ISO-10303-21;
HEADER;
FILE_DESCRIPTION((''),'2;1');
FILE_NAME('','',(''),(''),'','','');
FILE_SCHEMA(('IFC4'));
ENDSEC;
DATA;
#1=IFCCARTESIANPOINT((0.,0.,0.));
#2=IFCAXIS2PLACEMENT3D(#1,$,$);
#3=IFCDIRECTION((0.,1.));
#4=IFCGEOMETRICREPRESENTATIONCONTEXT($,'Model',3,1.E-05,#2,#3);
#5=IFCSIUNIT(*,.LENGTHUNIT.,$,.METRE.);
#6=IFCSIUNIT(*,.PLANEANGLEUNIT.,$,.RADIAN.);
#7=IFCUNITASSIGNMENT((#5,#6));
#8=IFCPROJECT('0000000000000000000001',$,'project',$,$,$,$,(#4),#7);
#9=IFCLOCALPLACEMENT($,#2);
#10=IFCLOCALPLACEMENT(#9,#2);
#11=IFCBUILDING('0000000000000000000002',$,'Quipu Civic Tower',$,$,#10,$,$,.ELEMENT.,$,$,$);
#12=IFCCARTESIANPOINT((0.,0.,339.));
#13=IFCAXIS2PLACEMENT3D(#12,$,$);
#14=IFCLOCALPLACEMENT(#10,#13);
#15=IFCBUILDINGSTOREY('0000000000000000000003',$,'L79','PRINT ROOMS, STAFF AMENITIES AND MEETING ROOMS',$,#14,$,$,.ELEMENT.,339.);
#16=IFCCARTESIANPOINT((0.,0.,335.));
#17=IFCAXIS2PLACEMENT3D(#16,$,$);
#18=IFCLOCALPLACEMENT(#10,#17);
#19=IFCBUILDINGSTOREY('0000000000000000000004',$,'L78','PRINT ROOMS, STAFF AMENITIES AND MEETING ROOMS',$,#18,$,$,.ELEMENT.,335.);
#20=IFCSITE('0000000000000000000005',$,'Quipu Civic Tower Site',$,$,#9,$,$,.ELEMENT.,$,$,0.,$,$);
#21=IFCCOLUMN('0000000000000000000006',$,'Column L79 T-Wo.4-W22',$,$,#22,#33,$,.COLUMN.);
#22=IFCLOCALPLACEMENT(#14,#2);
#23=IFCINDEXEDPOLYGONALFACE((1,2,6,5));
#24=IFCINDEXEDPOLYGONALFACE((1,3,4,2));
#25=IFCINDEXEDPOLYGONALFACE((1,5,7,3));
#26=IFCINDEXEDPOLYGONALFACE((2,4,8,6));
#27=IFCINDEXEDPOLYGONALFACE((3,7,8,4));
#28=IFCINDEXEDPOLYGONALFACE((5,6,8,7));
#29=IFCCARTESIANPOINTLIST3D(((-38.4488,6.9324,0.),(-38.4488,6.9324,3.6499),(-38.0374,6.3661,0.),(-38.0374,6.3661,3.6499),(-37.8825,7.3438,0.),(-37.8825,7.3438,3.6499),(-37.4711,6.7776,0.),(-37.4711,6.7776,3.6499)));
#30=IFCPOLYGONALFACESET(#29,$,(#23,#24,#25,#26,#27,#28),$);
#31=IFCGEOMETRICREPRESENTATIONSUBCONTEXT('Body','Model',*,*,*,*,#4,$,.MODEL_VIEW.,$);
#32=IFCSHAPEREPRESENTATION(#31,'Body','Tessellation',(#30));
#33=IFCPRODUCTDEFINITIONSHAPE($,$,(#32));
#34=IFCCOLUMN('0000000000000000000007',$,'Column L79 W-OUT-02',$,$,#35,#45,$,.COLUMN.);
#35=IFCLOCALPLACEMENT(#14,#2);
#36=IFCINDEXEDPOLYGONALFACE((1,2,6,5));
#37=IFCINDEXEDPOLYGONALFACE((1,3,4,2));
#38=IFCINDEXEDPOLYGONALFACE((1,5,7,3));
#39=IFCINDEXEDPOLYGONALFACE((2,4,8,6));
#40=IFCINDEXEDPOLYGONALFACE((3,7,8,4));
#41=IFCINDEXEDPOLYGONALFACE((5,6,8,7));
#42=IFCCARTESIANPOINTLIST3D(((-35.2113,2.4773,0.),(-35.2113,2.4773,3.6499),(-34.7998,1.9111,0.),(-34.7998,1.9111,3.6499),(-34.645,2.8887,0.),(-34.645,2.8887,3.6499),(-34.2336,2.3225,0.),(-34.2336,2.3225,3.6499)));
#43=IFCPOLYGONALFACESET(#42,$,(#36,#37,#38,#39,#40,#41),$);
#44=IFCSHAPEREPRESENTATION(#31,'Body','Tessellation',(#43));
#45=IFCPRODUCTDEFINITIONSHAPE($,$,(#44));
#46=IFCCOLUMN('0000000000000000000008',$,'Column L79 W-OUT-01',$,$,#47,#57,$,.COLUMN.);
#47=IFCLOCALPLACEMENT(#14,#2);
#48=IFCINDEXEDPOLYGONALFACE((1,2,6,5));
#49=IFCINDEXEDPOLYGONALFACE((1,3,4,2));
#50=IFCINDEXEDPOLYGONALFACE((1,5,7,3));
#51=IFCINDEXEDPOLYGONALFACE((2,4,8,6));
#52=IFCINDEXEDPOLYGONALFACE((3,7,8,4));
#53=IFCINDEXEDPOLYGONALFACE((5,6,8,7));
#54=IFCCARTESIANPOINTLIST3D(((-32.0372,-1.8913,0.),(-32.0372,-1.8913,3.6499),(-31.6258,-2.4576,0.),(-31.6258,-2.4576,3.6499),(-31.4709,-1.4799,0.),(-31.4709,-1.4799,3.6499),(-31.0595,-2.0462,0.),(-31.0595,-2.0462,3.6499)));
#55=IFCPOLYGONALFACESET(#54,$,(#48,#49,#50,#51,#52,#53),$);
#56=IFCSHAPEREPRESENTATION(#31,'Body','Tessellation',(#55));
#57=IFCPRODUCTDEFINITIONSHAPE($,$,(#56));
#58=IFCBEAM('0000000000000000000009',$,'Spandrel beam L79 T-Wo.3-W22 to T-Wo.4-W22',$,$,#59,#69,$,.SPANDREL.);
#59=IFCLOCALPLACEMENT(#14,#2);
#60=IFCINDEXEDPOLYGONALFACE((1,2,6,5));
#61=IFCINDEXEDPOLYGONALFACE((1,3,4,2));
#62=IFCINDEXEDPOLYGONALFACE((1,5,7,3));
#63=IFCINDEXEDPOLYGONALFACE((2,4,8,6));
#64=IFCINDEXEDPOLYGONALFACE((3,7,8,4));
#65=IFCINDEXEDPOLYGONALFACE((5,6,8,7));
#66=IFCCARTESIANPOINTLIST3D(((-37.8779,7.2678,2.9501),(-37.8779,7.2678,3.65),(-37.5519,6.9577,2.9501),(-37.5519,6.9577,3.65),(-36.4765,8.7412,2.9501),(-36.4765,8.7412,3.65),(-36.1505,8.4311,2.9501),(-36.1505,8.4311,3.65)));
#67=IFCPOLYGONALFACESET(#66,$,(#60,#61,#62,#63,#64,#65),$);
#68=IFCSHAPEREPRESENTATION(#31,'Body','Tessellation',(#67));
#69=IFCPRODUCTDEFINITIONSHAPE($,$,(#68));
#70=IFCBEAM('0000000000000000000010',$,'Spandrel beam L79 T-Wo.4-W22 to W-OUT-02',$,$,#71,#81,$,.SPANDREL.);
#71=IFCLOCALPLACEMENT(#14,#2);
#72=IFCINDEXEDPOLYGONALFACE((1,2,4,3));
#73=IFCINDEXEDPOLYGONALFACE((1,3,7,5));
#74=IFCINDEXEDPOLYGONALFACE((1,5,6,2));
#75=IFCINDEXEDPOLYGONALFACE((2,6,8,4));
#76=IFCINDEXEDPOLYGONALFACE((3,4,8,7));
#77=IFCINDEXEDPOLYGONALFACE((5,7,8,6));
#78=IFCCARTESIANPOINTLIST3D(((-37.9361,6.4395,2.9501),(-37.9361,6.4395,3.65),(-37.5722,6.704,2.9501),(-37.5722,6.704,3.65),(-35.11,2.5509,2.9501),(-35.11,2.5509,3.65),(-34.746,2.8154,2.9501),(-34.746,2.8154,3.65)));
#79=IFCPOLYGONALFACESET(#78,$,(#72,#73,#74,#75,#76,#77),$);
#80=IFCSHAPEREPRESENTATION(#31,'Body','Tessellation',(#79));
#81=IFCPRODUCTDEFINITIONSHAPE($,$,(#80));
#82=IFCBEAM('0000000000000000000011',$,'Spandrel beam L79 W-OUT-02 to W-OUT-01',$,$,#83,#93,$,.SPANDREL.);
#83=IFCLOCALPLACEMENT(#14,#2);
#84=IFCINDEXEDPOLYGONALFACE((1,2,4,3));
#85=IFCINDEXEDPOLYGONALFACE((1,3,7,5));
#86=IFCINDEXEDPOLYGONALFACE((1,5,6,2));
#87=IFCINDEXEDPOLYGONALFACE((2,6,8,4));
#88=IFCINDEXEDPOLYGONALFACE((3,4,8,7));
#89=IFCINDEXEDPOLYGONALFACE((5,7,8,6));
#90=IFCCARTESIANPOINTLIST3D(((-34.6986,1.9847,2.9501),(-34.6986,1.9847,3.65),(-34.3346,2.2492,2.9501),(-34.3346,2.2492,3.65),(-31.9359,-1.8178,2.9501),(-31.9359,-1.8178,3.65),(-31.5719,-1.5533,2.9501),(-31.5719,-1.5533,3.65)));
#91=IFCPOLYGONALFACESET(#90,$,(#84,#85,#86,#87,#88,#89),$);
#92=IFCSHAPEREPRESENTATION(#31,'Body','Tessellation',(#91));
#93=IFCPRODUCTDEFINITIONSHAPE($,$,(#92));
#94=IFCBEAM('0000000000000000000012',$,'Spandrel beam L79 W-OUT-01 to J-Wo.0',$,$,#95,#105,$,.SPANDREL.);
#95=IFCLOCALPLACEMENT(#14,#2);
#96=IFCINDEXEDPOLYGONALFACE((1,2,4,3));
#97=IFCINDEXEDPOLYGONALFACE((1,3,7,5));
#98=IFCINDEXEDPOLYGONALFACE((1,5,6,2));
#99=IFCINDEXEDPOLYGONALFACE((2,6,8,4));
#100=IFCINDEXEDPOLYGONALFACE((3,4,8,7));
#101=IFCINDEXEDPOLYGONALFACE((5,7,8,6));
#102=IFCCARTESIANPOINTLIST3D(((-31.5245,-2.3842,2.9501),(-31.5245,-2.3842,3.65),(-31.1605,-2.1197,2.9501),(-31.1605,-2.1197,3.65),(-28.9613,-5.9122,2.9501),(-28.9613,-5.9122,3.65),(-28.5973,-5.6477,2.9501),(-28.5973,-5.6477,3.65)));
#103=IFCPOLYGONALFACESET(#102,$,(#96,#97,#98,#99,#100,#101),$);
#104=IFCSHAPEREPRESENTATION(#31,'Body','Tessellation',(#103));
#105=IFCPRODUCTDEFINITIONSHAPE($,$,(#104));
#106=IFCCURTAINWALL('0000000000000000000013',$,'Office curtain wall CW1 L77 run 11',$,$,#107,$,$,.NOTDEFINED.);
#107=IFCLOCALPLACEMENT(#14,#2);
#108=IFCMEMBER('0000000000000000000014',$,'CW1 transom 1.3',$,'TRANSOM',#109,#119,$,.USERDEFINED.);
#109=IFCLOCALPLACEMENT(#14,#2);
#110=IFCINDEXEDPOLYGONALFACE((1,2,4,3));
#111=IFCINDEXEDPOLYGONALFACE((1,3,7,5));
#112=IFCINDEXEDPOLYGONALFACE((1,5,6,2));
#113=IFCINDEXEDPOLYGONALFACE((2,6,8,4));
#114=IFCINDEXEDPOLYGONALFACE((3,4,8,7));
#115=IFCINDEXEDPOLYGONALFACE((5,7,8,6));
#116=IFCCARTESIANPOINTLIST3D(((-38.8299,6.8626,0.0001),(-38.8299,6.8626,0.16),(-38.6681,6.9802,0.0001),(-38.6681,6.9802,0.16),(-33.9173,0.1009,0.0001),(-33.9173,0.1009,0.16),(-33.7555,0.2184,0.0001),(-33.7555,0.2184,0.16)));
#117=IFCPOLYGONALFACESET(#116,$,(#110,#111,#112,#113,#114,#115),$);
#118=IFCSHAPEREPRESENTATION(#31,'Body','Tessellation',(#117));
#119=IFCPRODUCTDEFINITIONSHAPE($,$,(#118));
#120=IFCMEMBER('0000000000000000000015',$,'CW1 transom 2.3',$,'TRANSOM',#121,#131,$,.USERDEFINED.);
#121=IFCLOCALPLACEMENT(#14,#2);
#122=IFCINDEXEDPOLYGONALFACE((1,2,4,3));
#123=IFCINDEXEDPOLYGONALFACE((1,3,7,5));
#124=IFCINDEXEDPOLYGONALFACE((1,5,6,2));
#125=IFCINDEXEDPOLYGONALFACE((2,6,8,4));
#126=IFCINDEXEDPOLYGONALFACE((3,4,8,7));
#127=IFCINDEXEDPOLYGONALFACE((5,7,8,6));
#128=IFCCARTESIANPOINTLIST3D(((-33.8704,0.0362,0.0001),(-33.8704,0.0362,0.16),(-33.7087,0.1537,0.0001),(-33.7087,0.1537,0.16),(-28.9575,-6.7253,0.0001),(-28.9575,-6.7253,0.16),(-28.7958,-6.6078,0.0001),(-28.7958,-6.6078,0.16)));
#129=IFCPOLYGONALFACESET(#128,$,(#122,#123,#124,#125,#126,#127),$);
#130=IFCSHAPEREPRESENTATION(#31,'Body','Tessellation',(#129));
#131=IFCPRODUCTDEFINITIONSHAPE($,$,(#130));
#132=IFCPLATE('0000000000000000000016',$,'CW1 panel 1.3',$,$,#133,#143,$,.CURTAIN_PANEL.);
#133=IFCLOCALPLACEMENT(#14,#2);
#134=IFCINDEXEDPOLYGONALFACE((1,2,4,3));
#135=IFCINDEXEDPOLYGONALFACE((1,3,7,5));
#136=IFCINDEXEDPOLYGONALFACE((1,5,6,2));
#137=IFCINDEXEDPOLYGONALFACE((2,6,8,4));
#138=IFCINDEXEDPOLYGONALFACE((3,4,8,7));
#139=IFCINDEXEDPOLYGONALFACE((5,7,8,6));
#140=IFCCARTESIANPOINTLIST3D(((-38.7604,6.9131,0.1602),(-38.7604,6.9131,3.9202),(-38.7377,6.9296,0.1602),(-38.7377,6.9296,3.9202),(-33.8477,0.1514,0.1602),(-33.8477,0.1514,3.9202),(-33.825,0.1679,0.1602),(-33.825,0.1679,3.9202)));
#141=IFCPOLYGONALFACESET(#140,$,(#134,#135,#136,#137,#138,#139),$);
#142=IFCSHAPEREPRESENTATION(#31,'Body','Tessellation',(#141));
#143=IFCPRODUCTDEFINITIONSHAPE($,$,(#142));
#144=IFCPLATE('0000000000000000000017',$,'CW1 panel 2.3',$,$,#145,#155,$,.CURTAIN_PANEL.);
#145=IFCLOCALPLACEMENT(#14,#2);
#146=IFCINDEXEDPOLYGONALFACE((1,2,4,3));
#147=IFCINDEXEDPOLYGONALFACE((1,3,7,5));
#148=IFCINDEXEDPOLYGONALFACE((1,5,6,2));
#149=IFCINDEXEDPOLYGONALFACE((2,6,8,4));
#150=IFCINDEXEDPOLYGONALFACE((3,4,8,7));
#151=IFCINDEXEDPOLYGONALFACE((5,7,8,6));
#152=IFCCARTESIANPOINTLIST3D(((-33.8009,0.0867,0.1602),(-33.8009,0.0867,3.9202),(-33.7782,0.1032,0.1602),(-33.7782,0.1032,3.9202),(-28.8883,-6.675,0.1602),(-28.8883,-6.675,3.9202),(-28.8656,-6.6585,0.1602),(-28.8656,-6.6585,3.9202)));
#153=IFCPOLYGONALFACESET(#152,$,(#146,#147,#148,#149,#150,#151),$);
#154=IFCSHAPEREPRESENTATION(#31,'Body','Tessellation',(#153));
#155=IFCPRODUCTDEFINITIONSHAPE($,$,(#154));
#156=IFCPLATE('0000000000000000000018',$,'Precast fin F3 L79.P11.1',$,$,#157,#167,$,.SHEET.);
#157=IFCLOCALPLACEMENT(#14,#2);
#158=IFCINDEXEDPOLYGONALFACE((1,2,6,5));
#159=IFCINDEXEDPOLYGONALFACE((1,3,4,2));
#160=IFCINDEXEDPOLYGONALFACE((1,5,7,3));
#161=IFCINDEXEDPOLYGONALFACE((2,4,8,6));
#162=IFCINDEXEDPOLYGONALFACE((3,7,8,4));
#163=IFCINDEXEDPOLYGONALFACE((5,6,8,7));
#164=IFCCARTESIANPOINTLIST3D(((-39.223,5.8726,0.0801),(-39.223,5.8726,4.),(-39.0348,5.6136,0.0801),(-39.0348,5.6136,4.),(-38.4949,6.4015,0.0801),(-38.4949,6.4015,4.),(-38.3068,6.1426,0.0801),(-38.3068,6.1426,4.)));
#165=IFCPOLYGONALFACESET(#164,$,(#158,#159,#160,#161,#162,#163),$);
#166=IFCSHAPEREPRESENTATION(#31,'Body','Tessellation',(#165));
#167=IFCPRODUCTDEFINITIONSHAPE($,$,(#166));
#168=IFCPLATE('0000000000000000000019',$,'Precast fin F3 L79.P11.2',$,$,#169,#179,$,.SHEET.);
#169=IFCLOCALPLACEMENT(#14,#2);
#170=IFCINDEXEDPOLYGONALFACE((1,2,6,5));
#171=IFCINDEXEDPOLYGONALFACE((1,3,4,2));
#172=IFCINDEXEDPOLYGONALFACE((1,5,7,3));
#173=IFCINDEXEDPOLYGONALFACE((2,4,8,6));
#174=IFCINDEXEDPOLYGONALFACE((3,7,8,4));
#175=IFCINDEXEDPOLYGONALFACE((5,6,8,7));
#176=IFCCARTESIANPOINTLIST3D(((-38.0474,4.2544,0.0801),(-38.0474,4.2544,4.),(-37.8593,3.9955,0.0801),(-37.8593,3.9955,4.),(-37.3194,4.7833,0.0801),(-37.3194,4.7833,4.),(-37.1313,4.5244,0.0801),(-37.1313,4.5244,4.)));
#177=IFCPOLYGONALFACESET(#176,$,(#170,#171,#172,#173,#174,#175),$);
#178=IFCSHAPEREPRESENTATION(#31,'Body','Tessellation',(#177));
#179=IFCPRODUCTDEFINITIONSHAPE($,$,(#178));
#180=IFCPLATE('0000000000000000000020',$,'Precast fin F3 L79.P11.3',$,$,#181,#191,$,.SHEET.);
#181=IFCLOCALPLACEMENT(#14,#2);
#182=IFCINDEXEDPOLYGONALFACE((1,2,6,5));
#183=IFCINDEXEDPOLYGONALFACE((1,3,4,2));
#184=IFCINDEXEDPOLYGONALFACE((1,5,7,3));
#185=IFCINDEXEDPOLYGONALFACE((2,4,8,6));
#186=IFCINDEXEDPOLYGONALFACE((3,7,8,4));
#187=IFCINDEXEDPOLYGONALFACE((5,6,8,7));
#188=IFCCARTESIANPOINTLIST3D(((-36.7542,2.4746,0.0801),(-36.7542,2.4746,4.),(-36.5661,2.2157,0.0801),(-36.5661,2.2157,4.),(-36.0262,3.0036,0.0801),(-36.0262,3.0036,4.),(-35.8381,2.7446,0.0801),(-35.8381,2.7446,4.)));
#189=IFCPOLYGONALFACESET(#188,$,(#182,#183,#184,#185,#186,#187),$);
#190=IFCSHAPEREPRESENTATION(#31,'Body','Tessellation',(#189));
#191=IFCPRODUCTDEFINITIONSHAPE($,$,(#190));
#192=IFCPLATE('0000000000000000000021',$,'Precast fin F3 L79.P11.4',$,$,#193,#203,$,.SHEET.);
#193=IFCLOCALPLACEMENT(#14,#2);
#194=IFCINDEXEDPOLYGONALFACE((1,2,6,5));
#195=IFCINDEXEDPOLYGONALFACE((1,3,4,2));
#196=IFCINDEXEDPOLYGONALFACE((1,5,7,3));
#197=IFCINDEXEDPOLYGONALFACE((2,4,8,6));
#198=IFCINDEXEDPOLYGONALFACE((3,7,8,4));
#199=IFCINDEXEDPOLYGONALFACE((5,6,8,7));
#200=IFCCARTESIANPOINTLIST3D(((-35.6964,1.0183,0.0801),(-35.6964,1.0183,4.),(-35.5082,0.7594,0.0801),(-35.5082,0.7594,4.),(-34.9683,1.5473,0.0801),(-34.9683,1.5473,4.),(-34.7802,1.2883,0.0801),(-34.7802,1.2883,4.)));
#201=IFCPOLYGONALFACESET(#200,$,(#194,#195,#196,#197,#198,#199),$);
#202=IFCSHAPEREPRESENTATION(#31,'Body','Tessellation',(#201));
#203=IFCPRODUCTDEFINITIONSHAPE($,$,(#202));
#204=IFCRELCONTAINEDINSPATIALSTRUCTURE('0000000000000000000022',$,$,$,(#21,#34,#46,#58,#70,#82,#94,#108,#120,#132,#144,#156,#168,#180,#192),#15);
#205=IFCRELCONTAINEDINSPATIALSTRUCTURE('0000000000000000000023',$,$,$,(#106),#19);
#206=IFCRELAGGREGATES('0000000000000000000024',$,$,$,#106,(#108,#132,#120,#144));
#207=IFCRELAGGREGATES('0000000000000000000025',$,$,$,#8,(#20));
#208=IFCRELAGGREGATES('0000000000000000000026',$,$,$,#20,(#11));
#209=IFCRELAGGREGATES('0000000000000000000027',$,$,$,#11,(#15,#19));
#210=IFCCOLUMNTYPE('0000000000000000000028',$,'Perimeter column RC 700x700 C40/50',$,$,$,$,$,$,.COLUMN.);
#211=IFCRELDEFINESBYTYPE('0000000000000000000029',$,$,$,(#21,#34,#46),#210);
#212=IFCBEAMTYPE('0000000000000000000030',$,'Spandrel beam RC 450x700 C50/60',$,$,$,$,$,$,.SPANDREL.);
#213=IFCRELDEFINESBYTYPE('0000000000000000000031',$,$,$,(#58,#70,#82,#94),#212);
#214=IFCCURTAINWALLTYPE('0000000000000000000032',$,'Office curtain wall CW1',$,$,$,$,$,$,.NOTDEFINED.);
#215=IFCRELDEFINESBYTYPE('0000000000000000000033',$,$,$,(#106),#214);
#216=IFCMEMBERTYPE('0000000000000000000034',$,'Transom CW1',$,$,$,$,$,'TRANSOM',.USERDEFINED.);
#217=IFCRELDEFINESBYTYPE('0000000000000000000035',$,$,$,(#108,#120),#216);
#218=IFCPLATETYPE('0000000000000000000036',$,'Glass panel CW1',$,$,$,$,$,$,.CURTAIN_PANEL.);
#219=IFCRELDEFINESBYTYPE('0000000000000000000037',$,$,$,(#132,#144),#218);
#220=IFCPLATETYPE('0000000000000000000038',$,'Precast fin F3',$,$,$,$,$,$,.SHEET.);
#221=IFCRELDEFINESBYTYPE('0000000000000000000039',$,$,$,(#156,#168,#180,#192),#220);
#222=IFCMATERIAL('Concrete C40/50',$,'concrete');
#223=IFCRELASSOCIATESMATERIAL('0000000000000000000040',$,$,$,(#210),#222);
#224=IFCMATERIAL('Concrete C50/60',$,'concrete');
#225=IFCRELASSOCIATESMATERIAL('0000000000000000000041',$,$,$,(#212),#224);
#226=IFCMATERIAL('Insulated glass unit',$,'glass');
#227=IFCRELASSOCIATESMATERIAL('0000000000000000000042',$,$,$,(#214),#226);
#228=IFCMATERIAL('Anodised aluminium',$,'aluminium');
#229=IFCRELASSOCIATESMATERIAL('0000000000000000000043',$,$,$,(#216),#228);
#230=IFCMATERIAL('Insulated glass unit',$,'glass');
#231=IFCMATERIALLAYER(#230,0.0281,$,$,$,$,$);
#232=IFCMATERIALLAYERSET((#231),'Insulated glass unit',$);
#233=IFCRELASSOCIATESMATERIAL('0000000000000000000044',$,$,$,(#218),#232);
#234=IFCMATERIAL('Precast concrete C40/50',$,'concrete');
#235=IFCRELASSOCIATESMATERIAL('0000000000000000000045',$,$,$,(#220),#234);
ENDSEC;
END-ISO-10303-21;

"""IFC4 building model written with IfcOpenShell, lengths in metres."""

from ifc_helpers import new_model, si_unit, direction, frame, origin, origin_2d, place, context, subcontext, project, spatial, rectangle, extrude, material, layer, layer_set, material_profile, profile_set, type_object, element, aggregate, save


model = new_model("IFC4")

# Units and contexts
model_context = context("Model", 3, precision=1e-05, world=origin(), true_north=direction((0.0, 1.0)))
body_context = subcontext(model_context, "Body", "Model", "MODEL_VIEW")
ifc_project = project(units=[si_unit("LENGTHUNIT", "METRE"), si_unit("PLANEANGLEUNIT", "RADIAN")], contexts=[model_context])

# Site, building, storey
site_placement = place(None, origin())
site = spatial("IfcSite", under=ifc_project, at=site_placement, Name="Quipu Civic Tower Site", CompositionType="ELEMENT", RefElevation=0.0)
building_placement = place(site_placement, origin())
building = spatial("IfcBuilding", under=site, at=building_placement, Name="Quipu Civic Tower", CompositionType="ELEMENT")
storey_1_placement = place(building_placement, frame((0.0, 0.0, 339.0)))
storey_1 = spatial("IfcBuildingStorey", under=building, at=storey_1_placement, Name="L79", Description="PRINT ROOMS, STAFF AMENITIES AND MEETING ROOMS", CompositionType="ELEMENT", Elevation=339.0)

# Columns
ifc_material_1 = material(Name="Concrete C40/50", Category="concrete")
ifc_material_profile_1 = material_profile(ifc_material_1, rectangle(XDim=0.7, YDim=0.7, at=origin_2d()), Name="RC700x700")
ifc_profile_set_1 = profile_set([ifc_material_profile_1], Name="Concrete C40/50")
column_type = type_object("IfcColumnType", Name="Perimeter column RC 700x700 C40/50", PredefinedType="COLUMN", material=ifc_profile_set_1)
for number, where, z_axis, x_axis, name in (
    (1, (-37.96, 6.855, 0.0), (0.0, 0.0, 1.0), (0.587785, -0.809017, 0.0), "Column L79 T-Wo.4-W22"),
    (2, (-34.7224, 2.3999, 0.0), (0.0, 0.0, 1.0), (0.587785, -0.809017, 0.0), "Column L79 W-OUT-02"),
    (3, (-31.5483, -1.9688, 0.0), (0.0, 0.0, 1.0), (0.587785, -0.809017, 0.0), "Column L79 W-OUT-01"),
):
    element("IfcColumn", number, at=place(storey_1_placement, frame(where, z_axis=z_axis, x_axis=x_axis)), inside=storey_1, type_object=column_type, Name=name, PredefinedType="COLUMN", context=body_context, shape_type="SweptSolid", body=[
        extrude(rectangle(XDim=0.7, YDim=0.7, at=origin_2d()), origin(), (0.0, 0.0, 1.0), 3.6499),
    ])

# Beams
ifc_material_2 = material(Name="Concrete C50/60", Category="concrete")
ifc_material_profile_2 = material_profile(ifc_material_2, rectangle(XDim=0.45, YDim=0.7, at=origin_2d()), Name="RC450x700")
ifc_profile_set_2 = profile_set([ifc_material_profile_2], Name="Concrete C50/60")
beam_type = type_object("IfcBeamType", Name="Spandrel beam RC 450x700 C50/60", PredefinedType="SPANDREL", material=ifc_profile_set_2)
beam_1_placement = place(storey_1_placement, frame((-36.3135, 8.5862, 3.3), z_axis=(-0.689175, -0.724595, 0.0), x_axis=(0.724595, -0.689175, 0.0)))
element("IfcBeam", 4, at=beam_1_placement, inside=storey_1, type_object=beam_type, Name="Spandrel beam L79 T-Wo.3-W22 to T-Wo.4-W22", PredefinedType="SPANDREL", context=body_context, shape_type="SweptSolid", body=[
    extrude(rectangle(XDim=0.45, YDim=0.7, at=origin_2d()), origin(), (0.0, 0.0, 1.0), 2.0334),
])
beam_2_placement = place(storey_1_placement, frame((-37.7542, 6.5718, 3.3), z_axis=(0.587906, -0.808929, 0.0), x_axis=(0.808929, 0.587906, 0.0)))
element("IfcBeam", 5, at=beam_2_placement, inside=storey_1, type_object=beam_type, Name="Spandrel beam L79 T-Wo.4-W22 to W-OUT-02", PredefinedType="SPANDREL", context=body_context, shape_type="SweptSolid", body=[
    extrude(rectangle(XDim=0.45, YDim=0.7, at=origin_2d()), origin(), (0.0, 0.0, 1.0), 4.8071),
])
beam_3_placement = place(storey_1_placement, frame((-34.5166, 2.1169, 3.3), z_axis=(0.587789, -0.809015, 0.0), x_axis=(0.809015, 0.587789, 0.0)))
element("IfcBeam", 6, at=beam_3_placement, inside=storey_1, type_object=beam_type, Name="Spandrel beam L79 W-OUT-02 to W-OUT-01", PredefinedType="SPANDREL", context=body_context, shape_type="SweptSolid", body=[
    extrude(rectangle(XDim=0.45, YDim=0.7, at=origin_2d()), origin(), (0.0, 0.0, 1.0), 4.7002),
])
beam_4_placement = place(storey_1_placement, frame((-31.3425, -2.252, 3.3), z_axis=(0.587776, -0.809024, 0.0), x_axis=(0.809024, 0.587776, 0.0)))
element("IfcBeam", 7, at=beam_4_placement, inside=storey_1, type_object=beam_type, Name="Spandrel beam L79 W-OUT-01 to J-Wo.0", PredefinedType="SPANDREL", context=body_context, shape_type="SweptSolid", body=[
    extrude(rectangle(XDim=0.45, YDim=0.7, at=origin_2d()), origin(), (0.0, 0.0, 1.0), 4.3608),
])

# Shared definitions
storey_2_placement = place(building_placement, frame((0.0, 0.0, 335.0)))
storey_2 = spatial("IfcBuildingStorey", under=building, at=storey_2_placement, Name="L78", Description="PRINT ROOMS, STAFF AMENITIES AND MEETING ROOMS", CompositionType="ELEMENT", Elevation=335.0)

# Curtain wall, members, plates
ifc_material_3 = material(Name="Insulated glass unit", Category="glass")
curtain_wall_type = type_object("IfcCurtainWallType", Name="Office curtain wall CW1", PredefinedType="NOTDEFINED", material=ifc_material_3)
curtain_wall_placement = place(storey_2_placement, origin())
curtain_wall = element("IfcCurtainWall", 8, at=curtain_wall_placement, inside=storey_2, type_object=curtain_wall_type, Name="Office curtain wall CW1 L77 run 11", PredefinedType="NOTDEFINED")
ifc_material_4 = material(Name="Anodised aluminium", Category="aluminium")
ifc_material_profile_3 = material_profile(ifc_material_4, rectangle(XDim=0.2, YDim=0.1599, at=origin_2d()), Name="RECT 200x160")
ifc_profile_set_3 = profile_set([ifc_material_profile_3], Name="Anodised aluminium")
member_type = type_object("IfcMemberType", Name="Transom CW1", ElementType="TRANSOM", PredefinedType="USERDEFINED", material=ifc_profile_set_3)
member_1_placement = place(storey_1_placement, frame((-38.749, 6.9214, 0.0801), z_axis=(0.587779, -0.809021, 0.0), x_axis=(0.809021, 0.587779, 0.0)))
member_1 = element("IfcMember", 9, at=member_1_placement, inside=storey_1, type_object=member_type, Name="CW1 transom 1.3", ObjectType="TRANSOM", PredefinedType="USERDEFINED", context=body_context, shape_type="SweptSolid", body=[
    extrude(rectangle(XDim=0.2, YDim=0.1599, at=origin_2d()), origin(), (0.0, 0.0, 1.0), 8.3579),
])
member_2_placement = place(storey_1_placement, frame((-33.7896, 0.095, 0.0801), z_axis=(0.587812, -0.808997, 0.0), x_axis=(0.808997, 0.587812, 0.0)))
member_2 = element("IfcMember", 10, at=member_2_placement, inside=storey_1, type_object=member_type, Name="CW1 transom 2.3", ObjectType="TRANSOM", PredefinedType="USERDEFINED", context=body_context, shape_type="SweptSolid", body=[
    extrude(rectangle(XDim=0.2, YDim=0.1599, at=origin_2d()), origin(), (0.0, 0.0, 1.0), 8.3579),
])
ifc_material_5 = material(Name="Insulated glass unit", Category="glass")
ifc_layer_1 = layer(ifc_material_5, 0.0281)
ifc_layer_set_1 = layer_set([ifc_layer_1], Name="Insulated glass unit")
plate_type_1 = type_object("IfcPlateType", Name="Glass panel CW1", PredefinedType="CURTAIN_PANEL", material=ifc_layer_set_1)
plate_1_placement = place(storey_1_placement, frame((-36.2927, 3.5405, 0.1602), z_axis=(0.0, 0.0, 1.0), x_axis=(0.587786, -0.809016, 0.0)))
plate_1 = element("IfcPlate", 11, at=plate_1_placement, inside=storey_1, type_object=plate_type_1, Name="CW1 panel 1.3", PredefinedType="CURTAIN_PANEL", context=body_context, shape_type="SweptSolid", body=[
    extrude(rectangle(XDim=8.3579, YDim=0.0281, at=origin_2d()), origin(), (0.0, 0.0, 1.0), 3.76),
])
plate_2_placement = place(storey_1_placement, frame((-31.3333, -3.2859, 0.1602), z_axis=(0.0, 0.0, 1.0), x_axis=(0.587786, -0.809016, 0.0)))
plate_2 = element("IfcPlate", 12, at=plate_2_placement, inside=storey_1, type_object=plate_type_1, Name="CW1 panel 2.3", PredefinedType="CURTAIN_PANEL", context=body_context, shape_type="SweptSolid", body=[
    extrude(rectangle(XDim=8.3579, YDim=0.0281, at=origin_2d()), origin(), (0.0, 0.0, 1.0), 3.76),
])
aggregate(curtain_wall, [member_1, plate_1, member_2, plate_2])

# Plates
ifc_material_6 = material(Name="Precast concrete C40/50", Category="concrete")
plate_type_2 = type_object("IfcPlateType", Name="Precast fin F3", PredefinedType="SHEET", material=ifc_material_6)
for number, where, z_axis, x_axis, name in (
    (13, (-38.7649, 6.0076, 0.0801), (0.0, 0.0, 1.0), (0.587787, -0.809016, 0.0), "Precast fin F3 L79.P11.1"),
    (14, (-37.5894, 4.3894, 0.0801), (0.0, 0.0, 1.0), (0.587787, -0.809016, 0.0), "Precast fin F3 L79.P11.2"),
    (15, (-36.2961, 2.6096, 0.0801), (0.0, 0.0, 1.0), (0.587787, -0.809016, 0.0), "Precast fin F3 L79.P11.3"),
    (16, (-35.2383, 1.1533, 0.0801), (0.0, 0.0, 1.0), (0.587787, -0.809016, 0.0), "Precast fin F3 L79.P11.4"),
):
    element("IfcPlate", number, at=place(storey_1_placement, frame(where, z_axis=z_axis, x_axis=x_axis)), inside=storey_1, type_object=plate_type_2, Name=name, PredefinedType="SHEET", context=body_context, shape_type="SweptSolid", body=[
        extrude(rectangle(XDim=0.3201, YDim=0.8999, at=origin_2d()), origin(), (0.0, 0.0, 1.0), 3.9199),
    ])

save(model, "model.ifc")
